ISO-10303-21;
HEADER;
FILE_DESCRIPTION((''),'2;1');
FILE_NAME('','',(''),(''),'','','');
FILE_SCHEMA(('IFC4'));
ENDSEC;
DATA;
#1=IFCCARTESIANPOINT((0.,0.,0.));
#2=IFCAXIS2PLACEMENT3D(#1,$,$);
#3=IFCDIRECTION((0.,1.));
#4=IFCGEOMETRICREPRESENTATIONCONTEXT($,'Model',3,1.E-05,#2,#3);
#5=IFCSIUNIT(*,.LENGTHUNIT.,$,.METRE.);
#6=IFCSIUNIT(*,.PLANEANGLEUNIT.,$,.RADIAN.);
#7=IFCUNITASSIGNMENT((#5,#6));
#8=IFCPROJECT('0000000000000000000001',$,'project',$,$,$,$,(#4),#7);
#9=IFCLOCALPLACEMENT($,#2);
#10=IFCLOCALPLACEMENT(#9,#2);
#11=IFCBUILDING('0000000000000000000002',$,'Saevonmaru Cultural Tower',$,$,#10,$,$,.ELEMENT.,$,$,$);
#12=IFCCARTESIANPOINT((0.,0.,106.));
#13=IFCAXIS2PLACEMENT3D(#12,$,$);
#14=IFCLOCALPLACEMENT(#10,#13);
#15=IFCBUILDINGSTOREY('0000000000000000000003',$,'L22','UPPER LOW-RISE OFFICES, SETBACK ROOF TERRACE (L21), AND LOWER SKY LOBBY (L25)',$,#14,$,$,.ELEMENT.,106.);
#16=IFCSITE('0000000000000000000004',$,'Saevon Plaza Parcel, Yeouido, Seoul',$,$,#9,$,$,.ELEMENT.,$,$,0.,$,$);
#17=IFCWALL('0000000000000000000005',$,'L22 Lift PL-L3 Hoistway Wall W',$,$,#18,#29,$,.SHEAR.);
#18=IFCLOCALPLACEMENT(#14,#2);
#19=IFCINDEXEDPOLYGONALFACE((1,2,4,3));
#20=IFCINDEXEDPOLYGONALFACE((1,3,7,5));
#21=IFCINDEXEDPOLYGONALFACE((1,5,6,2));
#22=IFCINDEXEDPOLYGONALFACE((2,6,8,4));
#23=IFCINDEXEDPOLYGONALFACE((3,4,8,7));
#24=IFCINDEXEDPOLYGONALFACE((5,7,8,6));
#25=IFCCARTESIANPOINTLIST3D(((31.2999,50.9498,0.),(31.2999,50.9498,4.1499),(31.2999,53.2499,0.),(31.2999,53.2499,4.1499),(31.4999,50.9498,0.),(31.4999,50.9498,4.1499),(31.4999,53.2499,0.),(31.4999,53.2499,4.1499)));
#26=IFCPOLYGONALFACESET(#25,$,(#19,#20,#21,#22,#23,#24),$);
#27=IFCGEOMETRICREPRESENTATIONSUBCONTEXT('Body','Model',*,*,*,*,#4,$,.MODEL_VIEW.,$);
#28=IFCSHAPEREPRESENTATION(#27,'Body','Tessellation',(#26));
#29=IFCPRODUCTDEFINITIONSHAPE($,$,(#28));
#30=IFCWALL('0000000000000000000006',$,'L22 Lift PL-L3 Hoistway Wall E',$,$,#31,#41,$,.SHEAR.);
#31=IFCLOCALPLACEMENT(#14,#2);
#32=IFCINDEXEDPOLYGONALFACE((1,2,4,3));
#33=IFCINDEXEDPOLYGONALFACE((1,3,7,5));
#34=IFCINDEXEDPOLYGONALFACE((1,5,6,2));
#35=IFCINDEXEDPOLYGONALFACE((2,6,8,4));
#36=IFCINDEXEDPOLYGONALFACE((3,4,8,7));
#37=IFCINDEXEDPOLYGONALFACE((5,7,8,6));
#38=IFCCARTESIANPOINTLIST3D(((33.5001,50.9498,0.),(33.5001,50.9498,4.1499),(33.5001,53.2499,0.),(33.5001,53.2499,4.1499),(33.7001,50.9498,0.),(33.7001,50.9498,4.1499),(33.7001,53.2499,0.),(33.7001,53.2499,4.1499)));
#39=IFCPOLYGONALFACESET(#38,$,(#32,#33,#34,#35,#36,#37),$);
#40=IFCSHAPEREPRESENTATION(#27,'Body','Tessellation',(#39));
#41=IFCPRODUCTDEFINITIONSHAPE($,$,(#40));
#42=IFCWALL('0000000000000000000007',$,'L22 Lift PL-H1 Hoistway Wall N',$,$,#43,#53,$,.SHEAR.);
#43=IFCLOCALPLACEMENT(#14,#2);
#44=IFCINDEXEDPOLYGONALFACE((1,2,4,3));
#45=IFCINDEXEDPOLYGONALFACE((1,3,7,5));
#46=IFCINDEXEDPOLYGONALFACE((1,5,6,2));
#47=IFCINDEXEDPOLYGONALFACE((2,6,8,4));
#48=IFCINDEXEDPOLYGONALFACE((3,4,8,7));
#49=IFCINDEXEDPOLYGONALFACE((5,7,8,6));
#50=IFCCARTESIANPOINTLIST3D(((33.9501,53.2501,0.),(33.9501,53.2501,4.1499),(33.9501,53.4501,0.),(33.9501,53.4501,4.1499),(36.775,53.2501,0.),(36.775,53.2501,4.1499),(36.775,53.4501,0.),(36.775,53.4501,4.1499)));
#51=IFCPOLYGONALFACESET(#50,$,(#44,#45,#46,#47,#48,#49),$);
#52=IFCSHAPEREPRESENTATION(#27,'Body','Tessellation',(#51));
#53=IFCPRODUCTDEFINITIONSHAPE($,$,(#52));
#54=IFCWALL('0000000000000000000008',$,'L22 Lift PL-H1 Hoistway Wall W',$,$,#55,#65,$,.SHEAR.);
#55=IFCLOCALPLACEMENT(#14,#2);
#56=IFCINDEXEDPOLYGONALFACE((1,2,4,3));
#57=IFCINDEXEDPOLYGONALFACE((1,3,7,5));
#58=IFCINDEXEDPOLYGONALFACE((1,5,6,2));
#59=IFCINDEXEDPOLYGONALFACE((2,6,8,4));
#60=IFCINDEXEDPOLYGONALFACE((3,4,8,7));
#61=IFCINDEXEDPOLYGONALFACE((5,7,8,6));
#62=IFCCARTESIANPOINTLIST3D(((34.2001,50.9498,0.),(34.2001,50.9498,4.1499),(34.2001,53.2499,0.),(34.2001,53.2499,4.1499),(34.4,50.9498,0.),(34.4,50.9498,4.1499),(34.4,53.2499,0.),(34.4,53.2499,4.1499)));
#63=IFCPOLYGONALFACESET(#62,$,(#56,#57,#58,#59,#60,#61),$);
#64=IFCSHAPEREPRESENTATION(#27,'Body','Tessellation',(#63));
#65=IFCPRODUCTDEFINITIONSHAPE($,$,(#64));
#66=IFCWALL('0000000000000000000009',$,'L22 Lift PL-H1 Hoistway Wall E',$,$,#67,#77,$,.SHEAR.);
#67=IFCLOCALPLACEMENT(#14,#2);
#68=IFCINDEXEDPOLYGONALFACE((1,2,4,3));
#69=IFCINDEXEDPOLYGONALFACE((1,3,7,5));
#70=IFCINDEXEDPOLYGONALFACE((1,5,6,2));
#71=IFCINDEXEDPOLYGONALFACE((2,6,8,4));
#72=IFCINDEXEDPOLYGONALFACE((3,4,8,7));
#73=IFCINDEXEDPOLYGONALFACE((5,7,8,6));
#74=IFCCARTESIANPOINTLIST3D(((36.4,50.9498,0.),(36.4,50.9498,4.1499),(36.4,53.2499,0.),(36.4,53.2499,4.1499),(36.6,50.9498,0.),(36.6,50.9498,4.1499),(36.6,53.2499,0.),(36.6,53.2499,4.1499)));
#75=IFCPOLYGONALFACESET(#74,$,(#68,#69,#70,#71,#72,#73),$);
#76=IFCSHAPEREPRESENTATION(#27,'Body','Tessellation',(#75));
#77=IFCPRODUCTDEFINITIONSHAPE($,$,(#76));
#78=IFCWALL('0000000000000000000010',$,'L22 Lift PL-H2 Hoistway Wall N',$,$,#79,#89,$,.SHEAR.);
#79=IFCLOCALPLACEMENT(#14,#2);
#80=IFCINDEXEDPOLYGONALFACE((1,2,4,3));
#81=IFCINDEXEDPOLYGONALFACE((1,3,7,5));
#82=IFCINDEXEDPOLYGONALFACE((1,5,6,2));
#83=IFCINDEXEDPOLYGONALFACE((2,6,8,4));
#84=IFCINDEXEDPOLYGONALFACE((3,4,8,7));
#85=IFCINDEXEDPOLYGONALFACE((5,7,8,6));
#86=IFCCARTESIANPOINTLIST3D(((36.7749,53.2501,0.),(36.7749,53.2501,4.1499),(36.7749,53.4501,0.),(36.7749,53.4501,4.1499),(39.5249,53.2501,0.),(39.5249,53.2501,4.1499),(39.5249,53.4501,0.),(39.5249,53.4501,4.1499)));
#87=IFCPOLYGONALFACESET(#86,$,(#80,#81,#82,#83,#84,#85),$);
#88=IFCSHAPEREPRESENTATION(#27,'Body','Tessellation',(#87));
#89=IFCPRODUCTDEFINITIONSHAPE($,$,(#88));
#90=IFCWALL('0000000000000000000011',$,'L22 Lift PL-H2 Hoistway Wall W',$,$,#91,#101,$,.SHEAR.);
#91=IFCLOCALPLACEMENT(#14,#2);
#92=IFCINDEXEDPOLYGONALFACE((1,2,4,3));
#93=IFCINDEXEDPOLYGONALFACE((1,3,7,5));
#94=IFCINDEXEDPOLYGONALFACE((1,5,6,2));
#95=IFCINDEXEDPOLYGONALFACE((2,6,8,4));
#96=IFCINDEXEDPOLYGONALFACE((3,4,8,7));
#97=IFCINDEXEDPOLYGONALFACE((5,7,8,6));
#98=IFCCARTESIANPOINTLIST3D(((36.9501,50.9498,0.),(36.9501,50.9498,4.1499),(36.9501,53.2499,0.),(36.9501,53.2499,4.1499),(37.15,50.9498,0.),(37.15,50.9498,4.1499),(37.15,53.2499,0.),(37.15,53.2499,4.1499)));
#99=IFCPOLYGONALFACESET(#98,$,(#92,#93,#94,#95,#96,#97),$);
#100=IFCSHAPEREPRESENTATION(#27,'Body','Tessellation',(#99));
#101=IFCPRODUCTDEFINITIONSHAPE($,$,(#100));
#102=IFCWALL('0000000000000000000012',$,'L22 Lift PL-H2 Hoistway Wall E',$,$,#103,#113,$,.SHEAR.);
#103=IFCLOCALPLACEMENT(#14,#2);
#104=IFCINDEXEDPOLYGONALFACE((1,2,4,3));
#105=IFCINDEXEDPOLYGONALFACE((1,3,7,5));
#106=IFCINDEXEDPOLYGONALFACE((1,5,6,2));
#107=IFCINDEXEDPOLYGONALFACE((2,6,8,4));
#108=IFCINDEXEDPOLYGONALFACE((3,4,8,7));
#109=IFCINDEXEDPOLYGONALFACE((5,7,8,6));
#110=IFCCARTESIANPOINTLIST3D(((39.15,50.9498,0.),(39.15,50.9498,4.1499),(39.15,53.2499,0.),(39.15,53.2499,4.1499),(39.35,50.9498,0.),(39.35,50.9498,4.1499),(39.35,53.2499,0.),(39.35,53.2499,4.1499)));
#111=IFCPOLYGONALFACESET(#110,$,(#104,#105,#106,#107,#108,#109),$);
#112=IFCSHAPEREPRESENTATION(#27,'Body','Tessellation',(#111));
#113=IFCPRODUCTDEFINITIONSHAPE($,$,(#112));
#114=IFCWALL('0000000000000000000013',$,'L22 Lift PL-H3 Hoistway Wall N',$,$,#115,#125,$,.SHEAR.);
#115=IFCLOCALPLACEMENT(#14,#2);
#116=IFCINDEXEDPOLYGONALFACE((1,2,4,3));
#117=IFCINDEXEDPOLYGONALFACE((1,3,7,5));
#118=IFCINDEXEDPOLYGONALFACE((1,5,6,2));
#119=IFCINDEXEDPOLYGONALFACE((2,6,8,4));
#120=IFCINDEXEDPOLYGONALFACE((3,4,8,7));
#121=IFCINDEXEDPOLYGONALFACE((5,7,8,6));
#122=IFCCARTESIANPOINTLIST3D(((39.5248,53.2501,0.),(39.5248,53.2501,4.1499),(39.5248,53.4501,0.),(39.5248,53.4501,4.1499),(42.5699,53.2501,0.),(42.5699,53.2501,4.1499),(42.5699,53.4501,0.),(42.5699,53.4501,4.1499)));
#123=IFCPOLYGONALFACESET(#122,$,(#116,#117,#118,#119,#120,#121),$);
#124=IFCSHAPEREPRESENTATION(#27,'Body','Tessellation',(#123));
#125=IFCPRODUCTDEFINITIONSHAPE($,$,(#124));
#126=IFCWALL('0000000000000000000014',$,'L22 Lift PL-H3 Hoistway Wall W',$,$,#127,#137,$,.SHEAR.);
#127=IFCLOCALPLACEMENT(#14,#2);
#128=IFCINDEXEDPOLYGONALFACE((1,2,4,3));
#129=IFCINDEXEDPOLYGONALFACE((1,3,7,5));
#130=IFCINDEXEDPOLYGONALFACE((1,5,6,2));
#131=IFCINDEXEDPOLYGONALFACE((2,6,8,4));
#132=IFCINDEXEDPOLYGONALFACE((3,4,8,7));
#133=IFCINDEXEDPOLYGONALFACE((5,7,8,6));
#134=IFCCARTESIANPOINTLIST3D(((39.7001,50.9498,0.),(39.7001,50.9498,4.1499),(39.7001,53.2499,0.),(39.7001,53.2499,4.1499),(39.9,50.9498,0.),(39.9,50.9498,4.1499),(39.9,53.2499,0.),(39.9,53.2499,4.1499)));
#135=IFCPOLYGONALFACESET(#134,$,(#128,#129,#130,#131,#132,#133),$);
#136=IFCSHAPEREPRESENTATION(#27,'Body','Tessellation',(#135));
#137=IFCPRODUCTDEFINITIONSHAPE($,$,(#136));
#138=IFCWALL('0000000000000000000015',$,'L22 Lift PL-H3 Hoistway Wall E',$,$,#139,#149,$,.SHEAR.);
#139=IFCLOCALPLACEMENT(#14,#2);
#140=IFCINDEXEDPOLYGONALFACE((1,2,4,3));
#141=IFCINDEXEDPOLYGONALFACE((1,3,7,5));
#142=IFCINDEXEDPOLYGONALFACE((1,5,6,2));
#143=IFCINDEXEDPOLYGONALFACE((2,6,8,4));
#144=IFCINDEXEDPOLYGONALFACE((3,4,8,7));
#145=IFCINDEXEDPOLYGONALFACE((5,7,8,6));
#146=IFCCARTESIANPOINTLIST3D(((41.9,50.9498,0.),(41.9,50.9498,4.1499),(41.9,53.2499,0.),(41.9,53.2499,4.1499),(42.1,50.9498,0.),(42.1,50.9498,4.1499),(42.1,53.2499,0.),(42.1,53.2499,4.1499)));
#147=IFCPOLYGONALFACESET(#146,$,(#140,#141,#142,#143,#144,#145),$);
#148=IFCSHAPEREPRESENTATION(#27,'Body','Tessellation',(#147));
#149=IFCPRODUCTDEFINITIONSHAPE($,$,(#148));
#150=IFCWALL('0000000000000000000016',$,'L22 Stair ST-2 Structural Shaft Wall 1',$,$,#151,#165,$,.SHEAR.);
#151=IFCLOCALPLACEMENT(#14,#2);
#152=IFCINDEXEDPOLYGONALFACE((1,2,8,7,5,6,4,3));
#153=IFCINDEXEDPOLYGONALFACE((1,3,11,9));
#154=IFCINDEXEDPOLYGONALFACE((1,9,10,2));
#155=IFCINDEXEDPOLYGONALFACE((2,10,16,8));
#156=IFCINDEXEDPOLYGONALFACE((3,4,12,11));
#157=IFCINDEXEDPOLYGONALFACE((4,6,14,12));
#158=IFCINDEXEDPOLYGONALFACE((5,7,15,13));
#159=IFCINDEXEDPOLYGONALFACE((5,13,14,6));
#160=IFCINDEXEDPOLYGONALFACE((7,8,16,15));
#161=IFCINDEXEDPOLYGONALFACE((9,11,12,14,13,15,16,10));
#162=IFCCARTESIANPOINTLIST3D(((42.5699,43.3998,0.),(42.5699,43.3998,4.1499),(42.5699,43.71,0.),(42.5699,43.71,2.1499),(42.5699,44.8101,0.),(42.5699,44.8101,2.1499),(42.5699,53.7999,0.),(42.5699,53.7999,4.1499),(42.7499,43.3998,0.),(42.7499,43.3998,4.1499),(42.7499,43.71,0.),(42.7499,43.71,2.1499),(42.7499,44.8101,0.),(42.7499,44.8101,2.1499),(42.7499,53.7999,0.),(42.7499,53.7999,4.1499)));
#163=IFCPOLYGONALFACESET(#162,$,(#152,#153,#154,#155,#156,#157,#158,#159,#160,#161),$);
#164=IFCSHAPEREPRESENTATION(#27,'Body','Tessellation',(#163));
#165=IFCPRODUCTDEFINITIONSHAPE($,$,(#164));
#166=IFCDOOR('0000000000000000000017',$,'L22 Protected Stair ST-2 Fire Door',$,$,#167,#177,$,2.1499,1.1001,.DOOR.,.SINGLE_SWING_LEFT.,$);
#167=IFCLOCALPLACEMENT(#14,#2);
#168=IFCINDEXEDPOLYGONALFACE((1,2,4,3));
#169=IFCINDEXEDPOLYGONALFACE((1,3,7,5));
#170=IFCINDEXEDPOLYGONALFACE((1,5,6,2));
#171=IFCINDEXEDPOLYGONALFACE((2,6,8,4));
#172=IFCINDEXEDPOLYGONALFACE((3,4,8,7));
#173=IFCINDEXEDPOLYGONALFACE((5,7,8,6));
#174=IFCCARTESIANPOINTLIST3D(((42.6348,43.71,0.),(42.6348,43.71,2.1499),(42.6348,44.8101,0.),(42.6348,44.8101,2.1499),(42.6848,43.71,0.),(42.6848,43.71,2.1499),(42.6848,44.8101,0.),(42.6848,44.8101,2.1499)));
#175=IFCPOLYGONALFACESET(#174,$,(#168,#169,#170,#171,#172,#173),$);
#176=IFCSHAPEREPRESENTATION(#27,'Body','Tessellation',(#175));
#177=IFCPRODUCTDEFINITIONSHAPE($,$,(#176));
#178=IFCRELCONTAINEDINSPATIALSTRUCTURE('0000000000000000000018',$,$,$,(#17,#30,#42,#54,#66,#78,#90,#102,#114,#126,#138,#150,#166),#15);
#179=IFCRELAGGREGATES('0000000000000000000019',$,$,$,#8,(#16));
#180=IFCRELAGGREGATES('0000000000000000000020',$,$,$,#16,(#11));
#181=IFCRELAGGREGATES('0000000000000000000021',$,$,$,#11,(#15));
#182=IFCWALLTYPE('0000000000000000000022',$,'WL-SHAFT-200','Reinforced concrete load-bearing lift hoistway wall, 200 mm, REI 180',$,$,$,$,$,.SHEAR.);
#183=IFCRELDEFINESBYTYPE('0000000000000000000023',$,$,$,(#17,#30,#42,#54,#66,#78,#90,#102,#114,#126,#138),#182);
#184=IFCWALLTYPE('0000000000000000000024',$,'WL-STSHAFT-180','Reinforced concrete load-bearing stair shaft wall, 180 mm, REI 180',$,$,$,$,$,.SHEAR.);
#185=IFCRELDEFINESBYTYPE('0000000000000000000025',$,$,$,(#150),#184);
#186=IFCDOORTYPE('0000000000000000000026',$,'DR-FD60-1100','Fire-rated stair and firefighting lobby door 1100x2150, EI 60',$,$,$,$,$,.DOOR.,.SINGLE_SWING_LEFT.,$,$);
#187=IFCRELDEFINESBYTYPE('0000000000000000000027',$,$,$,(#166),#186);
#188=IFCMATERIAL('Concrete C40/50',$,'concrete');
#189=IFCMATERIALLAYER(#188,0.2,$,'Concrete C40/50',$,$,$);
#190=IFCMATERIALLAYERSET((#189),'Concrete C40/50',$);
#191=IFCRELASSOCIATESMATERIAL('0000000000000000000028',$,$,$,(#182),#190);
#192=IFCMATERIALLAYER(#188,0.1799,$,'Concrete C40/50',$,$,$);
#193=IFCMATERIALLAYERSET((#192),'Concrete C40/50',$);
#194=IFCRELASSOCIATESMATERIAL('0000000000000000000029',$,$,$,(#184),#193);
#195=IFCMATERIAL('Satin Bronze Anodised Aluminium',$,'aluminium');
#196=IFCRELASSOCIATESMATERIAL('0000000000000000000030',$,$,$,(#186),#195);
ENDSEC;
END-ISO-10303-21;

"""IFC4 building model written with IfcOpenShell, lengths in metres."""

from ifc_helpers import new_model, si_unit, direction, frame, frame_2d, origin, place, context, subcontext, project, spatial, rectangle, extrude, material, layer, layer_set, type_object, element, fill, save


model = new_model("IFC4")

# Units and contexts
model_context = context("Model", 3, precision=1e-05, world=origin(), true_north=direction((0.0, 1.0)))
body_context = subcontext(model_context, "Body", "Model", "MODEL_VIEW")
ifc_project = project(units=[si_unit("LENGTHUNIT", "METRE"), si_unit("PLANEANGLEUNIT", "RADIAN")], contexts=[model_context])

# Site, building, storey
site_placement = place(None, origin())
site = spatial("IfcSite", under=ifc_project, at=site_placement, Name="Saevon Plaza Parcel, Yeouido, Seoul", CompositionType="ELEMENT", RefElevation=0.0)
building_placement = place(site_placement, origin())
building = spatial("IfcBuilding", under=site, at=building_placement, Name="Saevonmaru Cultural Tower", CompositionType="ELEMENT")
storey_placement = place(building_placement, frame((0.0, 0.0, 106.0)))
storey = spatial("IfcBuildingStorey", under=building, at=storey_placement, Name="L22", Description="UPPER LOW-RISE OFFICES, SETBACK ROOF TERRACE (L21), AND LOWER SKY LOBBY (L25)", CompositionType="ELEMENT", Elevation=106.0)

# Shared definitions
ifc_material_1 = material(Name="Satin Bronze Anodised Aluminium", Category="aluminium")

# Walls
ifc_material_2 = material(Name="Concrete C40/50", Category="concrete")
ifc_layer_1 = layer(ifc_material_2, 0.2, Name="Concrete C40/50")
ifc_layer_set_1 = layer_set([ifc_layer_1], Name="Concrete C40/50")
wall_type_1 = type_object("IfcWallType", Name="WL-SHAFT-200", Description="Reinforced concrete load-bearing lift hoistway wall, 200 mm, REI 180", PredefinedType="SHEAR", material=ifc_layer_set_1)
for number, where, z_axis, x_axis, name in (
    (1, (31.3999, 50.95, 0.0), (0.0, 0.0, 1.0), (0.0, 1.0, 0.0), "L22 Lift PL-L3 Hoistway Wall W"),
    (2, (33.6001, 50.95, 0.0), (0.0, 0.0, 1.0), (0.0, 1.0, 0.0), "L22 Lift PL-L3 Hoistway Wall E"),
):
    element("IfcWall", number, at=place(storey_placement, frame(where, z_axis=z_axis, x_axis=x_axis)), inside=storey, type_object=wall_type_1, Name=name, PredefinedType="SHEAR", context=body_context, shape_type="SweptSolid", body=[
        extrude(rectangle(XDim=2.3, YDim=0.2, at=frame_2d((1.1499, 0.0))), origin(), (0.0, 0.0, 1.0), 4.1499),
    ])
wall_1_placement = place(storey_placement, frame((33.95, 53.3501, 0.0), z_axis=(0.0, 0.0, 1.0), x_axis=(1.0, 0.0, 0.0)))
element("IfcWall", 3, at=wall_1_placement, inside=storey, type_object=wall_type_1, Name="L22 Lift PL-H1 Hoistway Wall N", PredefinedType="SHEAR", context=body_context, shape_type="SweptSolid", body=[
    extrude(rectangle(XDim=2.825, YDim=0.2, at=frame_2d((1.4126, 0.0))), origin(), (0.0, 0.0, 1.0), 4.1499),
])
for number, where, z_axis, x_axis, name in (
    (4, (34.3, 50.95, 0.0), (0.0, 0.0, 1.0), (0.0, 1.0, 0.0), "L22 Lift PL-H1 Hoistway Wall W"),
    (5, (36.5, 50.95, 0.0), (0.0, 0.0, 1.0), (0.0, 1.0, 0.0), "L22 Lift PL-H1 Hoistway Wall E"),
):
    element("IfcWall", number, at=place(storey_placement, frame(where, z_axis=z_axis, x_axis=x_axis)), inside=storey, type_object=wall_type_1, Name=name, PredefinedType="SHEAR", context=body_context, shape_type="SweptSolid", body=[
        extrude(rectangle(XDim=2.3, YDim=0.2, at=frame_2d((1.1499, 0.0))), origin(), (0.0, 0.0, 1.0), 4.1499),
    ])
wall_2_placement = place(storey_placement, frame((36.7749, 53.3501, 0.0), z_axis=(0.0, 0.0, 1.0), x_axis=(1.0, 0.0, 0.0)))
element("IfcWall", 6, at=wall_2_placement, inside=storey, type_object=wall_type_1, Name="L22 Lift PL-H2 Hoistway Wall N", PredefinedType="SHEAR", context=body_context, shape_type="SweptSolid", body=[
    extrude(rectangle(XDim=2.75, YDim=0.2, at=frame_2d((1.375, 0.0))), origin(), (0.0, 0.0, 1.0), 4.1499),
])
for number, where, z_axis, x_axis, name in (
    (7, (37.05, 50.95, 0.0), (0.0, 0.0, 1.0), (0.0, 1.0, 0.0), "L22 Lift PL-H2 Hoistway Wall W"),
    (8, (39.25, 50.95, 0.0), (0.0, 0.0, 1.0), (0.0, 1.0, 0.0), "L22 Lift PL-H2 Hoistway Wall E"),
):
    element("IfcWall", number, at=place(storey_placement, frame(where, z_axis=z_axis, x_axis=x_axis)), inside=storey, type_object=wall_type_1, Name=name, PredefinedType="SHEAR", context=body_context, shape_type="SweptSolid", body=[
        extrude(rectangle(XDim=2.3, YDim=0.2, at=frame_2d((1.1499, 0.0))), origin(), (0.0, 0.0, 1.0), 4.1499),
    ])
wall_3_placement = place(storey_placement, frame((39.5249, 53.3501, 0.0), z_axis=(0.0, 0.0, 1.0), x_axis=(1.0, 0.0, 0.0)))
element("IfcWall", 9, at=wall_3_placement, inside=storey, type_object=wall_type_1, Name="L22 Lift PL-H3 Hoistway Wall N", PredefinedType="SHEAR", context=body_context, shape_type="SweptSolid", body=[
    extrude(rectangle(XDim=3.0452, YDim=0.2, at=frame_2d((1.5225, 0.0))), origin(), (0.0, 0.0, 1.0), 4.1499),
])
for number, where, z_axis, x_axis, name in (
    (10, (39.8, 50.95, 0.0), (0.0, 0.0, 1.0), (0.0, 1.0, 0.0), "L22 Lift PL-H3 Hoistway Wall W"),
    (11, (42.0, 50.95, 0.0), (0.0, 0.0, 1.0), (0.0, 1.0, 0.0), "L22 Lift PL-H3 Hoistway Wall E"),
):
    element("IfcWall", number, at=place(storey_placement, frame(where, z_axis=z_axis, x_axis=x_axis)), inside=storey, type_object=wall_type_1, Name=name, PredefinedType="SHEAR", context=body_context, shape_type="SweptSolid", body=[
        extrude(rectangle(XDim=2.3, YDim=0.2, at=frame_2d((1.1499, 0.0))), origin(), (0.0, 0.0, 1.0), 4.1499),
    ])

# Wall, opening, door
ifc_layer_2 = layer(ifc_material_2, 0.1799, Name="Concrete C40/50")
ifc_layer_set_2 = layer_set([ifc_layer_2], Name="Concrete C40/50")
wall_type_2 = type_object("IfcWallType", Name="WL-STSHAFT-180", Description="Reinforced concrete load-bearing stair shaft wall, 180 mm, REI 180", PredefinedType="SHEAR", material=ifc_layer_set_2)
wall_4_placement = place(storey_placement, frame((42.6599, 53.8, 0.0), z_axis=(0.0, 0.0, 1.0), x_axis=(0.0, -1.0, 0.0)))
wall_4 = element("IfcWall", 12, at=wall_4_placement, inside=storey, type_object=wall_type_2, Name="L22 Stair ST-2 Structural Shaft Wall 1", PredefinedType="SHEAR", context=body_context, shape_type="SweptSolid", body=[
    extrude(rectangle(XDim=10.4001, YDim=0.1799, at=frame_2d((5.2002, 0.0))), origin(), (0.0, 0.0, 1.0), 4.1499),
])
opening_placement = place(wall_4_placement, frame((8.99, 0.0, 0.0)))
opening = element("IfcOpeningElement", 13, at=opening_placement, cuts=wall_4, PredefinedType="OPENING", context=body_context, shape_type="SweptSolid", body=[
    extrude(rectangle(XDim=1.1001, YDim=2.1499, at=frame_2d((0.55, 1.075))), frame((0.0, 0.1001, 0.0), z_axis=(0.0, -1.0, 0.0), x_axis=(1.0, 0.0, 0.0)), (0.0, 0.0, 1.0), 0.2),
])
door_type = type_object("IfcDoorType", Name="DR-FD60-1100", Description="Fire-rated stair and firefighting lobby door 1100x2150, EI 60", OperationType="SINGLE_SWING_LEFT", PredefinedType="DOOR", material=ifc_material_1)
door_placement = place(opening_placement, origin())
door = element("IfcDoor", 14, at=door_placement, inside=storey, type_object=door_type, Name="L22 Protected Stair ST-2 Fire Door", OperationType="SINGLE_SWING_LEFT", OverallHeight=2.1499, OverallWidth=1.1001, PredefinedType="DOOR", context=body_context, shape_type="SweptSolid", body=[
    extrude(rectangle(XDim=1.1001, YDim=2.1499, at=frame_2d((0.55, 1.075))), frame((0.0, 0.0249, 0.0), z_axis=(0.0, -1.0, 0.0), x_axis=(1.0, 0.0, 0.0)), (0.0, 0.0, 1.0), 0.05),
])
fill(opening, door)

save(model, "model.ifc")
